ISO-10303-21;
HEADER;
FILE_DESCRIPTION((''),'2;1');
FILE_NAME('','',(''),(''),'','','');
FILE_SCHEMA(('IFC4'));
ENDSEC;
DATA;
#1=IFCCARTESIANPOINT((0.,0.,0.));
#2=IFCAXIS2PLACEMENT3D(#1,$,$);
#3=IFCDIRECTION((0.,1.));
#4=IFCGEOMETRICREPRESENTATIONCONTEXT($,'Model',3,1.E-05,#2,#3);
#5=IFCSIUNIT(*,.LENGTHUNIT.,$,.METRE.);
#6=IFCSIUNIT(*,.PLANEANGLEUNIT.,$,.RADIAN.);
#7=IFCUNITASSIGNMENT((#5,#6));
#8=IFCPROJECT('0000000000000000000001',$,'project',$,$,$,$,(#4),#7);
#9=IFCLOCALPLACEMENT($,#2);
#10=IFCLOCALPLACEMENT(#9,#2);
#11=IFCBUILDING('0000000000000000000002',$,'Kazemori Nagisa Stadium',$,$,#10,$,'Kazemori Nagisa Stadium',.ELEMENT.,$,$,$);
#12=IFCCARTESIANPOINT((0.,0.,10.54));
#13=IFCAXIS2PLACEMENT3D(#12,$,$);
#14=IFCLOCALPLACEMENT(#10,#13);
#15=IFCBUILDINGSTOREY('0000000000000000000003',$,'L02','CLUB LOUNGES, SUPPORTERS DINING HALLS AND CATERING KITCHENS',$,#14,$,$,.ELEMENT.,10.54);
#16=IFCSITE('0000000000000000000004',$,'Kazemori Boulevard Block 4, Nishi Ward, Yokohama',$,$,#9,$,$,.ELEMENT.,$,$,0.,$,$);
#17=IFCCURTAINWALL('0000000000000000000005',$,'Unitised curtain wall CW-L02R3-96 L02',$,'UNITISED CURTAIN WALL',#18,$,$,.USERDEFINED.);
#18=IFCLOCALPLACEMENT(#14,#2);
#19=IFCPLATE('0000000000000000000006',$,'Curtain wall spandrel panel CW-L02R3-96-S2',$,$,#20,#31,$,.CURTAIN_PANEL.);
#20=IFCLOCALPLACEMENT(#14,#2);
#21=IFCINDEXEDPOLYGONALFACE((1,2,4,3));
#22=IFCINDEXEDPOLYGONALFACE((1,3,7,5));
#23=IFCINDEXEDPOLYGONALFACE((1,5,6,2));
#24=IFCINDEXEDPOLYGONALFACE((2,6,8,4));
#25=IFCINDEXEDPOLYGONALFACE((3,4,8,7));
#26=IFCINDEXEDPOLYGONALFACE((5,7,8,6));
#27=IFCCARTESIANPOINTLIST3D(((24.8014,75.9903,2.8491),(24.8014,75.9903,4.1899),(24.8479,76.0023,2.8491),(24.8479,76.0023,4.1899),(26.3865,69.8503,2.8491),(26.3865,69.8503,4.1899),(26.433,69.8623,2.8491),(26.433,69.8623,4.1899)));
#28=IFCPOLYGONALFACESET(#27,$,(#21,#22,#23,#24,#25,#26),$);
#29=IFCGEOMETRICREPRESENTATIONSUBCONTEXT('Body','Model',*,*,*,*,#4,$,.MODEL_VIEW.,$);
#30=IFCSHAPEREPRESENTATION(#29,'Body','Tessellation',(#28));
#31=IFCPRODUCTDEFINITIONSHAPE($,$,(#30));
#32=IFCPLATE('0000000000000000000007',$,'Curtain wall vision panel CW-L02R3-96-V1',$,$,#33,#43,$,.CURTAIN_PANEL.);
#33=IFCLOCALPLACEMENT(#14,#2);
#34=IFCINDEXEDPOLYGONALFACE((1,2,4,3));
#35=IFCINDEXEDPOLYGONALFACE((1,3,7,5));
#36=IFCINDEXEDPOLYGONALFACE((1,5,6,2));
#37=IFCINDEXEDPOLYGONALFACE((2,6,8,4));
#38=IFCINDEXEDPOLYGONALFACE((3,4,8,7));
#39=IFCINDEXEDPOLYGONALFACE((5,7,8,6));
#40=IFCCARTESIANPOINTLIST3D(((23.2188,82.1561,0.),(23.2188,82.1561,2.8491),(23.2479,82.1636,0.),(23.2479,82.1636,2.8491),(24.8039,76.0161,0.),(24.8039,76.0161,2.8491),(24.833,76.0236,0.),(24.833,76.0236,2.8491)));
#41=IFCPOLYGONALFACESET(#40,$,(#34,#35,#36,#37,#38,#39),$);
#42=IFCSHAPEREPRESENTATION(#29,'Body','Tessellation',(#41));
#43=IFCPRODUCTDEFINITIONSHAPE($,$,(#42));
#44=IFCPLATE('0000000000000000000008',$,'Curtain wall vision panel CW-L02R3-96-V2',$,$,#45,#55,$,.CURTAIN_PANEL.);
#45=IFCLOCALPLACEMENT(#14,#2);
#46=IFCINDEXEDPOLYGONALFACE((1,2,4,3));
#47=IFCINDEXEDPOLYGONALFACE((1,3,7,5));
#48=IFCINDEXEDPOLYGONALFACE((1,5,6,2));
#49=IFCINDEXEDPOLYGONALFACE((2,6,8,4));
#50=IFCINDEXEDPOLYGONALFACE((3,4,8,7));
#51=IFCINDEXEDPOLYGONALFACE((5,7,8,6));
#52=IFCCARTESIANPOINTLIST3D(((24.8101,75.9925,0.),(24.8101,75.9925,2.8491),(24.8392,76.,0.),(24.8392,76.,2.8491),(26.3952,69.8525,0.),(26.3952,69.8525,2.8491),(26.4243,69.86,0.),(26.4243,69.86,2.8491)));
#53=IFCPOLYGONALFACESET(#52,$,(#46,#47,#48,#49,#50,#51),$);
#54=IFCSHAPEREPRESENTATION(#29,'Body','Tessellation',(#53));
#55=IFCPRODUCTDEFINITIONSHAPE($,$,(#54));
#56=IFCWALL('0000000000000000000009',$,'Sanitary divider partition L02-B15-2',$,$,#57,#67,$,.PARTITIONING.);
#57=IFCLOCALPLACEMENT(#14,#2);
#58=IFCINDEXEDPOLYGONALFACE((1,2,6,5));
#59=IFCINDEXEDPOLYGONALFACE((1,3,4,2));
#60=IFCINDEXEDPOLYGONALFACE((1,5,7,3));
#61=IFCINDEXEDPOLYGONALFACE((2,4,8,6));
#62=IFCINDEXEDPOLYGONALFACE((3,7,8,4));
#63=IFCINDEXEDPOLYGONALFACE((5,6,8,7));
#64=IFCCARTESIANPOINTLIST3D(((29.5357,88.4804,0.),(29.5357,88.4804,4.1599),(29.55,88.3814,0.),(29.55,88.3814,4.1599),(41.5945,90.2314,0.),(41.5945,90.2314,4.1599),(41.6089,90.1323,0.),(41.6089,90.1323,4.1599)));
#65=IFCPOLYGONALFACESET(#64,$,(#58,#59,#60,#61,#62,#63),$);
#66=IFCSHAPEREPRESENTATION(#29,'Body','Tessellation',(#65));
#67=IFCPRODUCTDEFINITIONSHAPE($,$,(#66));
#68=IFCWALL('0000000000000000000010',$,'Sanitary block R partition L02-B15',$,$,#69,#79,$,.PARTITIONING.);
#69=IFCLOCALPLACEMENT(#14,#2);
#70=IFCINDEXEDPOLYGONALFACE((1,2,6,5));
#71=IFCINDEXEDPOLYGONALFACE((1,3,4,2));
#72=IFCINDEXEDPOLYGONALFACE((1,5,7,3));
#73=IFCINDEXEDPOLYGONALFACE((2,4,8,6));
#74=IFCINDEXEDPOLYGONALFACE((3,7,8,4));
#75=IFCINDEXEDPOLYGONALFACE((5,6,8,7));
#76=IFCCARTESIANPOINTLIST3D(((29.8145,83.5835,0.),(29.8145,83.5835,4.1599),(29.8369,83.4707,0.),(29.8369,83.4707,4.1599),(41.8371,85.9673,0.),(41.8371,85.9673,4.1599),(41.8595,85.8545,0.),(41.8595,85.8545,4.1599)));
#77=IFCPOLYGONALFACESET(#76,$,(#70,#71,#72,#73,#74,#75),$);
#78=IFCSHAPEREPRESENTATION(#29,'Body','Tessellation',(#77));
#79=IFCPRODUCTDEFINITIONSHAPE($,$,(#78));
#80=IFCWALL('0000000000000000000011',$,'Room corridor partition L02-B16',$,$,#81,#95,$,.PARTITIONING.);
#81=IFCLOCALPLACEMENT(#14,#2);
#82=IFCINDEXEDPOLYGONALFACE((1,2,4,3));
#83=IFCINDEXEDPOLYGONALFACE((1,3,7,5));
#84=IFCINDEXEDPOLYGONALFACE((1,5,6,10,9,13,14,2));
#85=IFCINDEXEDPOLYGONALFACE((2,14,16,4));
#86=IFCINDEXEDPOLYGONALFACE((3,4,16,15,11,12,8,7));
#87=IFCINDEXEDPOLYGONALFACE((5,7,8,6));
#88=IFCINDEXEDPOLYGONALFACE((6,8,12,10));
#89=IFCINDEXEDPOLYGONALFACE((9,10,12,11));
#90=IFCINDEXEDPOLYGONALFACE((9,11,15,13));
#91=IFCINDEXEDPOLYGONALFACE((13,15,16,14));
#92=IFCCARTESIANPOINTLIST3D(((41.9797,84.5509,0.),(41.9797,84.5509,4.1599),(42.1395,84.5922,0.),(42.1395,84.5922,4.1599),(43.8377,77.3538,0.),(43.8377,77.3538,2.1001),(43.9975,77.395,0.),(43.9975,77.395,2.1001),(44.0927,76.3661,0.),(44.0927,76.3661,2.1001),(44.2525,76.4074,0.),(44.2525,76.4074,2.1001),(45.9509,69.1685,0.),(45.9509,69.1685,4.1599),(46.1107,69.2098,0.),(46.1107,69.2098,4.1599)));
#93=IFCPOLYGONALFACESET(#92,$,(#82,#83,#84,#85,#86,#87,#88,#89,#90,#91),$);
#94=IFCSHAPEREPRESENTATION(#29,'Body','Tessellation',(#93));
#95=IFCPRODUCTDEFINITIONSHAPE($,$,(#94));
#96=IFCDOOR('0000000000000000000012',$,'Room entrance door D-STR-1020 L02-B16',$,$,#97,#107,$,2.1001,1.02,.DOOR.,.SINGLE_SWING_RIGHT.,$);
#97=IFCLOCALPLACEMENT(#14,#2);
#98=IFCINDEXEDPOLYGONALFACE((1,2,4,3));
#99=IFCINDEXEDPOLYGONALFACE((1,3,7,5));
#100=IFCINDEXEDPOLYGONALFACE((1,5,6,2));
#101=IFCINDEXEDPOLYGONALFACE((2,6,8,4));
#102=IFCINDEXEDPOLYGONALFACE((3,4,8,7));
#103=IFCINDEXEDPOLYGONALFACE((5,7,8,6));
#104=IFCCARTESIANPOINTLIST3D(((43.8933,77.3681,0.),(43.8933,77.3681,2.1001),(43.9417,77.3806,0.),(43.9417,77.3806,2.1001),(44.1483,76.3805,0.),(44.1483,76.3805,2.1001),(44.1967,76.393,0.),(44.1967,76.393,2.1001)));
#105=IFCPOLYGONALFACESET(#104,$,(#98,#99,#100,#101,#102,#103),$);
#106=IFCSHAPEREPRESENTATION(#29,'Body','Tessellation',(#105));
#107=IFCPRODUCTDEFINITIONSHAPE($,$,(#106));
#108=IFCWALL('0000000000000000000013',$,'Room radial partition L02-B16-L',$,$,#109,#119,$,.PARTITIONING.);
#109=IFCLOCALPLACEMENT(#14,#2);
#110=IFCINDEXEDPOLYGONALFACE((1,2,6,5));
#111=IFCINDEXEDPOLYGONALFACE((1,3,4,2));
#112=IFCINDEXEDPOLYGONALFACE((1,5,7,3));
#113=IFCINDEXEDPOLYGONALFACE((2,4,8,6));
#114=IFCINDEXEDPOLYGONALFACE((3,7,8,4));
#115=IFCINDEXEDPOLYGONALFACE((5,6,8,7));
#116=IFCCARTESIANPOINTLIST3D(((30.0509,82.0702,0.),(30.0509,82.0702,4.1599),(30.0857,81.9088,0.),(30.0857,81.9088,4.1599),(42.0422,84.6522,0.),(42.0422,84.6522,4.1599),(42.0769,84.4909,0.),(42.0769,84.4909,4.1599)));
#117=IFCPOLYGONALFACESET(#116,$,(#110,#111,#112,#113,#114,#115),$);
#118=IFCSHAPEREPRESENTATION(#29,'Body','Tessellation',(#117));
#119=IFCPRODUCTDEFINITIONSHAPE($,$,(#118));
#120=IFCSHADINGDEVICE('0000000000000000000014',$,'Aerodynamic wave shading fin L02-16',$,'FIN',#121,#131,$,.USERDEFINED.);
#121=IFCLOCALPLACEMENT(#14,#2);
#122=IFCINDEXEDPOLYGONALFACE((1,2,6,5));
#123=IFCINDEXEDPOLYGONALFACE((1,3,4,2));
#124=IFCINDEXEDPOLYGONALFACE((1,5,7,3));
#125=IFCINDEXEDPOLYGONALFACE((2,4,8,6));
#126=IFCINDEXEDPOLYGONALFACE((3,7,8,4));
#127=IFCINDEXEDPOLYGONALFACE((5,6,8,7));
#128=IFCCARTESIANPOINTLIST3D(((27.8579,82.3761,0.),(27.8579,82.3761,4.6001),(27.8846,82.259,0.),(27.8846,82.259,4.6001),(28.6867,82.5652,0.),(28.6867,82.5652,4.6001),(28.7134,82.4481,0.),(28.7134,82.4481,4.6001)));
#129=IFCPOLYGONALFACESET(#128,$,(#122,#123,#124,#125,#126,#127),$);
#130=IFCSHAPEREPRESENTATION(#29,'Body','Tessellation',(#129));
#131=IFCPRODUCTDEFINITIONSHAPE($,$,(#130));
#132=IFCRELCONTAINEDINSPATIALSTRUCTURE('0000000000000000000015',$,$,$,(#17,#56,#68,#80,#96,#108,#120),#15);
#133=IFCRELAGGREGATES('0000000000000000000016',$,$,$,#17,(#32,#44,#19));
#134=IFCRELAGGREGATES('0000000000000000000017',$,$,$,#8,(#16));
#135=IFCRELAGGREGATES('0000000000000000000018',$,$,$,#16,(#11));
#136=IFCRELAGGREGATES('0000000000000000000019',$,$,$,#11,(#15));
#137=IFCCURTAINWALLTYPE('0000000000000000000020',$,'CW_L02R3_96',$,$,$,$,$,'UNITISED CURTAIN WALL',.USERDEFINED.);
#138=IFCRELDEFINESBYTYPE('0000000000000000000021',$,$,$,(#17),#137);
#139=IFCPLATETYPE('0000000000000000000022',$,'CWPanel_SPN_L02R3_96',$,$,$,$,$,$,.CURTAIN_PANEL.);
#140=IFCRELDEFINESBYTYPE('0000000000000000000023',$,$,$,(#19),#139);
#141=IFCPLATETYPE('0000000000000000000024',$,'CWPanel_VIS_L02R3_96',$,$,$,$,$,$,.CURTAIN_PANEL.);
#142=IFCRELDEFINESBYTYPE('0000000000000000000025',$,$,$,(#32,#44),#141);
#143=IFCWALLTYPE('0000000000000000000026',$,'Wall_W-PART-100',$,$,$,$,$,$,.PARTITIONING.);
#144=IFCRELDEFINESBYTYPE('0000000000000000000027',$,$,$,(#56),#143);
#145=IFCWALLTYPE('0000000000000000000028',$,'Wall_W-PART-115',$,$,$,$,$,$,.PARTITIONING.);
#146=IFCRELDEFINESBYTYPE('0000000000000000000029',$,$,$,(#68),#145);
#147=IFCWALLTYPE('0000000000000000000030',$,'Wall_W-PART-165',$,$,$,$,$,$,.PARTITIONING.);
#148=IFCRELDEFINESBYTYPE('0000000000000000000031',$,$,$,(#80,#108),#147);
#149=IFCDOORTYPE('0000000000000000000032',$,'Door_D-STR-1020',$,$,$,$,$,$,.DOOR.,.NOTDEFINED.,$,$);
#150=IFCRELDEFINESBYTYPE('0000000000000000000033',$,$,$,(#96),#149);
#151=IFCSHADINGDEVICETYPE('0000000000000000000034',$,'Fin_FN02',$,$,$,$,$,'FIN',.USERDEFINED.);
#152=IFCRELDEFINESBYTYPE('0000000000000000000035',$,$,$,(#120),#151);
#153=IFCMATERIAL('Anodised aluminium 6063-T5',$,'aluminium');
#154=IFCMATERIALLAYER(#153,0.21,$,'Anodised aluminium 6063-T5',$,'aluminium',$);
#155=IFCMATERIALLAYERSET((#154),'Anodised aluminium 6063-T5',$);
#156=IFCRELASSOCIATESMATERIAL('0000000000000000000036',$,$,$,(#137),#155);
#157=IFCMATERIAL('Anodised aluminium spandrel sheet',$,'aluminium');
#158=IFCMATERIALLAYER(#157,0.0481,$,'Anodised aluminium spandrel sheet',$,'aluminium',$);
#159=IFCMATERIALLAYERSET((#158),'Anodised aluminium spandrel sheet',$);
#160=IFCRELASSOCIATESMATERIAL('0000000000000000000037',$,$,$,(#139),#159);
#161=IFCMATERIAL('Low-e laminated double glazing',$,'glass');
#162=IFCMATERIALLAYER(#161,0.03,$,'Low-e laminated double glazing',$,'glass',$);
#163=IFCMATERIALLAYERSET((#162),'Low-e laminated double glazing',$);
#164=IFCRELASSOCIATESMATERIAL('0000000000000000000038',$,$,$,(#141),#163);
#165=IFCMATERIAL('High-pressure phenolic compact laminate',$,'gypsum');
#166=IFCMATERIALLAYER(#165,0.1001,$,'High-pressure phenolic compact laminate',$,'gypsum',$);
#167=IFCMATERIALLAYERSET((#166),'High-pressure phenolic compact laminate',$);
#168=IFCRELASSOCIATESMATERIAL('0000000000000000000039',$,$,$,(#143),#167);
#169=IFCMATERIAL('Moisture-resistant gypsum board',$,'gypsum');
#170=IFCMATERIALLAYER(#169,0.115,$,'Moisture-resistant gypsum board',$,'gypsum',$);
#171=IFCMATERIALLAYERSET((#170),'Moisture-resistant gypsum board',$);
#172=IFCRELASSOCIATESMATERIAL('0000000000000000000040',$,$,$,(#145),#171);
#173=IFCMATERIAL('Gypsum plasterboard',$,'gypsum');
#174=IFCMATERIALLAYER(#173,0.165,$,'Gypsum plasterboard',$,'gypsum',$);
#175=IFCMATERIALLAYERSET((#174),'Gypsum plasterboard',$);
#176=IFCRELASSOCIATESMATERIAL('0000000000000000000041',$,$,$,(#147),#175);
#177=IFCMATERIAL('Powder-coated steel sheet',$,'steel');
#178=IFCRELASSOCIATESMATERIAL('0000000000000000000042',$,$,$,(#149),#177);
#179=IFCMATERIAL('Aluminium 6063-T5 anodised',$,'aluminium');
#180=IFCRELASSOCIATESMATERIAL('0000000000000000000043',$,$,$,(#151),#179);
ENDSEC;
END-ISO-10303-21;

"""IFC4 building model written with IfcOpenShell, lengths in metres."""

from ifc_helpers import new_model, si_unit, direction, frame, frame_2d, origin, origin_2d, place, context, subcontext, project, spatial, rectangle, extrude, material, layer, layer_set, type_object, element, fill, aggregate, save


model = new_model("IFC4")

# Units and contexts
model_context = context("Model", 3, precision=1e-05, world=origin(), true_north=direction((0.0, 1.0)))
body_context = subcontext(model_context, "Body", "Model", "MODEL_VIEW")
ifc_project = project(units=[si_unit("LENGTHUNIT", "METRE"), si_unit("PLANEANGLEUNIT", "RADIAN")], contexts=[model_context])

# Site, building, storey
site_placement = place(None, origin())
site = spatial("IfcSite", under=ifc_project, at=site_placement, Name="Kazemori Boulevard Block 4, Nishi Ward, Yokohama", CompositionType="ELEMENT", RefElevation=0.0)
building_placement = place(site_placement, origin())
building = spatial("IfcBuilding", under=site, at=building_placement, Name="Kazemori Nagisa Stadium", LongName="Kazemori Nagisa Stadium", CompositionType="ELEMENT")
storey_placement = place(building_placement, frame((0.0, 0.0, 10.54)))
storey = spatial("IfcBuildingStorey", under=building, at=storey_placement, Name="L02", Description="CLUB LOUNGES, SUPPORTERS DINING HALLS AND CATERING KITCHENS", CompositionType="ELEMENT", Elevation=10.54)

# Curtain wall, plates
ifc_material_1 = material(Name="Anodised aluminium 6063-T5", Category="aluminium")
ifc_layer_1 = layer(ifc_material_1, 0.21, Name="Anodised aluminium 6063-T5", Category="aluminium")
ifc_layer_set_1 = layer_set([ifc_layer_1], Name="Anodised aluminium 6063-T5")
curtain_wall_type = type_object("IfcCurtainWallType", Name="CW_L02R3_96", ElementType="UNITISED CURTAIN WALL", PredefinedType="USERDEFINED", material=ifc_layer_set_1)
curtain_wall_placement = place(storey_placement, origin())
curtain_wall = element("IfcCurtainWall", 1, at=curtain_wall_placement, inside=storey, type_object=curtain_wall_type, Name="Unitised curtain wall CW-L02R3-96 L02", ObjectType="UNITISED CURTAIN WALL", PredefinedType="USERDEFINED")
ifc_material_2 = material(Name="Aluminium 6063-T5 anodised", Category="aluminium")
ifc_material_3 = material(Name="Anodised aluminium spandrel sheet", Category="aluminium")
ifc_layer_2 = layer(ifc_material_3, 0.0481, Name="Anodised aluminium spandrel sheet", Category="aluminium")
ifc_layer_set_2 = layer_set([ifc_layer_2], Name="Anodised aluminium spandrel sheet")
plate_type_1 = type_object("IfcPlateType", Name="CWPanel_SPN_L02R3_96", PredefinedType="CURTAIN_PANEL", material=ifc_layer_set_2)
plate_1_placement = place(storey_placement, frame((25.6172, 72.9263, 2.8491), z_axis=(0.0, 0.0, 1.0), x_axis=(0.249965, -0.968255, 0.0)))
plate_1 = element("IfcPlate", 2, at=plate_1_placement, type_object=plate_type_1, Name="Curtain wall spandrel panel CW-L02R3-96-S2", PredefinedType="CURTAIN_PANEL", context=body_context, shape_type="SweptSolid", body=[
    extrude(rectangle(XDim=6.3413, YDim=0.0481, at=origin_2d()), origin(), (0.0, 0.0, 1.0), 1.3408),
])
ifc_material_4 = material(Name="Low-e laminated double glazing", Category="glass")
ifc_layer_3 = layer(ifc_material_4, 0.03, Name="Low-e laminated double glazing", Category="glass")
ifc_layer_set_3 = layer_set([ifc_layer_3], Name="Low-e laminated double glazing")
plate_type_2 = type_object("IfcPlateType", Name="CWPanel_VIS_L02R3_96", PredefinedType="CURTAIN_PANEL", material=ifc_layer_set_3)
plate_2_placement = place(storey_placement, frame((24.0259, 79.0898, 0.0), z_axis=(0.0, 0.0, 1.0), x_axis=(0.249965, -0.968255, 0.0)))
plate_2 = element("IfcPlate", 3, at=plate_2_placement, type_object=plate_type_2, Name="Curtain wall vision panel CW-L02R3-96-V1", PredefinedType="CURTAIN_PANEL", context=body_context, shape_type="SweptSolid", body=[
    extrude(rectangle(XDim=6.3413, YDim=0.03, at=origin_2d()), origin(), (0.0, 0.0, 1.0), 2.8491),
])
plate_3_placement = place(storey_placement, frame((25.6172, 72.9263, 0.0), z_axis=(0.0, 0.0, 1.0), x_axis=(0.249965, -0.968255, 0.0)))
plate_3 = element("IfcPlate", 4, at=plate_3_placement, type_object=plate_type_2, Name="Curtain wall vision panel CW-L02R3-96-V2", PredefinedType="CURTAIN_PANEL", context=body_context, shape_type="SweptSolid", body=[
    extrude(rectangle(XDim=6.3413, YDim=0.03, at=origin_2d()), origin(), (0.0, 0.0, 1.0), 2.8491),
])
aggregate(curtain_wall, [plate_2, plate_3, plate_1])

# Walls
ifc_material_5 = material(Name="High-pressure phenolic compact laminate", Category="gypsum")
ifc_layer_4 = layer(ifc_material_5, 0.1001, Name="High-pressure phenolic compact laminate", Category="gypsum")
ifc_layer_set_4 = layer_set([ifc_layer_4], Name="High-pressure phenolic compact laminate")
wall_type_1 = type_object("IfcWallType", Name="Wall_W-PART-100", PredefinedType="PARTITIONING", material=ifc_layer_set_4)
wall_1_placement = place(storey_placement, frame((41.6018, 90.1819, 0.0), z_axis=(0.0, 0.0, 1.0), x_axis=(-0.989622, -0.143696, 0.0)))
element("IfcWall", 5, at=wall_1_placement, inside=storey, type_object=wall_type_1, Name="Sanitary divider partition L02-B15-2", PredefinedType="PARTITIONING", context=body_context, shape_type="SweptSolid", body=[
    extrude(rectangle(XDim=12.1853, YDim=0.1001, at=frame_2d((6.0928, 0.0))), origin(), (0.0, 0.0, 1.0), 4.1599),
])
ifc_material_6 = material(Name="Moisture-resistant gypsum board", Category="gypsum")
ifc_layer_5 = layer(ifc_material_6, 0.115, Name="Moisture-resistant gypsum board", Category="gypsum")
ifc_layer_set_5 = layer_set([ifc_layer_5], Name="Moisture-resistant gypsum board")
wall_type_2 = type_object("IfcWallType", Name="Wall_W-PART-115", PredefinedType="PARTITIONING", material=ifc_layer_set_5)
wall_2_placement = place(storey_placement, frame((41.8484, 85.9109, 0.0), z_axis=(0.0, 0.0, 1.0), x_axis=(-0.980904, -0.194492, 0.0)))
element("IfcWall", 6, at=wall_2_placement, inside=storey, type_object=wall_type_2, Name="Sanitary block R partition L02-B15", PredefinedType="PARTITIONING", context=body_context, shape_type="SweptSolid", body=[
    extrude(rectangle(XDim=12.2566, YDim=0.115, at=frame_2d((6.1284, 0.0))), origin(), (0.0, 0.0, 1.0), 4.1599),
])

# Wall, opening, door
ifc_material_7 = material(Name="Gypsum plasterboard", Category="gypsum")
ifc_layer_6 = layer(ifc_material_7, 0.165, Name="Gypsum plasterboard", Category="gypsum")
ifc_layer_set_6 = layer_set([ifc_layer_6], Name="Gypsum plasterboard")
wall_type_3 = type_object("IfcWallType", Name="Wall_W-PART-165", PredefinedType="PARTITIONING", material=ifc_layer_set_6)
wall_3_placement = place(storey_placement, frame((42.0596, 84.5715, 0.0), z_axis=(0.0, 0.0, 1.0), x_axis=(0.24997, -0.968254, 0.0)))
wall_3 = element("IfcWall", 7, at=wall_3_placement, inside=storey, type_object=wall_type_3, Name="Room corridor partition L02-B16", PredefinedType="PARTITIONING", context=body_context, shape_type="SweptSolid", body=[
    extrude(rectangle(XDim=15.8867, YDim=0.165, at=frame_2d((7.9434, 0.0))), origin(), (0.0, 0.0, 1.0), 4.1599),
])
opening_placement = place(wall_3_placement, frame((7.4331, 0.0, 0.0)))
opening = element("IfcOpeningElement", 8, at=opening_placement, cuts=wall_3, PredefinedType="OPENING", context=body_context, shape_type="SweptSolid", body=[
    extrude(rectangle(XDim=1.02, YDim=2.1001, at=frame_2d((0.51, 1.05))), frame((0.0, 0.0925, 0.0), z_axis=(0.0, -1.0, 0.0), x_axis=(1.0, 0.0, 0.0)), (0.0, 0.0, 1.0), 0.1851),
])
ifc_material_8 = material(Name="Powder-coated steel sheet", Category="steel")
door_type = type_object("IfcDoorType", Name="Door_D-STR-1020", OperationType="NOTDEFINED", PredefinedType="DOOR", material=ifc_material_8)
door_placement = place(opening_placement, origin())
door = element("IfcDoor", 9, at=door_placement, inside=storey, type_object=door_type, Name="Room entrance door D-STR-1020 L02-B16", OperationType="SINGLE_SWING_RIGHT", OverallHeight=2.1001, OverallWidth=1.02, PredefinedType="DOOR", context=body_context, shape_type="SweptSolid", body=[
    extrude(rectangle(XDim=1.02, YDim=2.1001, at=frame_2d((0.51, 1.05))), frame((0.0, 0.0249, 0.0), z_axis=(0.0, -1.0, 0.0), x_axis=(1.0, 0.0, 0.0)), (0.0, 0.0, 1.0), 0.05),
])
fill(opening, door)

# Wall
wall_4_placement = place(storey_placement, frame((42.0596, 84.5715, 0.0), z_axis=(0.0, 0.0, 1.0), x_axis=(-0.977593, -0.210502, 0.0)))
element("IfcWall", 10, at=wall_4_placement, inside=storey, type_object=wall_type_3, Name="Room radial partition L02-B16-L", PredefinedType="PARTITIONING", context=body_context, shape_type="SweptSolid", body=[
    extrude(rectangle(XDim=12.2661, YDim=0.165, at=frame_2d((6.1331, 0.0))), origin(), (0.0, 0.0, 1.0), 4.1599),
])

# Shading device
shading_device_type = type_object("IfcShadingDeviceType", Name="Fin_FN02", ElementType="FIN", PredefinedType="USERDEFINED", material=ifc_material_2)
shading_device_placement = place(storey_placement, frame((28.2856, 82.4121, 0.0), z_axis=(0.0, 0.0, 1.0), x_axis=(-0.974928, -0.222521, 0.0)))
element("IfcShadingDevice", 11, at=shading_device_placement, inside=storey, type_object=shading_device_type, Name="Aerodynamic wave shading fin L02-16", ObjectType="FIN", PredefinedType="USERDEFINED", context=body_context, shape_type="SweptSolid", body=[
    extrude(rectangle(XDim=0.8501, YDim=0.1201, at=origin_2d()), origin(), (0.0, 0.0, 1.0), 4.6001),
])

save(model, "model.ifc")
